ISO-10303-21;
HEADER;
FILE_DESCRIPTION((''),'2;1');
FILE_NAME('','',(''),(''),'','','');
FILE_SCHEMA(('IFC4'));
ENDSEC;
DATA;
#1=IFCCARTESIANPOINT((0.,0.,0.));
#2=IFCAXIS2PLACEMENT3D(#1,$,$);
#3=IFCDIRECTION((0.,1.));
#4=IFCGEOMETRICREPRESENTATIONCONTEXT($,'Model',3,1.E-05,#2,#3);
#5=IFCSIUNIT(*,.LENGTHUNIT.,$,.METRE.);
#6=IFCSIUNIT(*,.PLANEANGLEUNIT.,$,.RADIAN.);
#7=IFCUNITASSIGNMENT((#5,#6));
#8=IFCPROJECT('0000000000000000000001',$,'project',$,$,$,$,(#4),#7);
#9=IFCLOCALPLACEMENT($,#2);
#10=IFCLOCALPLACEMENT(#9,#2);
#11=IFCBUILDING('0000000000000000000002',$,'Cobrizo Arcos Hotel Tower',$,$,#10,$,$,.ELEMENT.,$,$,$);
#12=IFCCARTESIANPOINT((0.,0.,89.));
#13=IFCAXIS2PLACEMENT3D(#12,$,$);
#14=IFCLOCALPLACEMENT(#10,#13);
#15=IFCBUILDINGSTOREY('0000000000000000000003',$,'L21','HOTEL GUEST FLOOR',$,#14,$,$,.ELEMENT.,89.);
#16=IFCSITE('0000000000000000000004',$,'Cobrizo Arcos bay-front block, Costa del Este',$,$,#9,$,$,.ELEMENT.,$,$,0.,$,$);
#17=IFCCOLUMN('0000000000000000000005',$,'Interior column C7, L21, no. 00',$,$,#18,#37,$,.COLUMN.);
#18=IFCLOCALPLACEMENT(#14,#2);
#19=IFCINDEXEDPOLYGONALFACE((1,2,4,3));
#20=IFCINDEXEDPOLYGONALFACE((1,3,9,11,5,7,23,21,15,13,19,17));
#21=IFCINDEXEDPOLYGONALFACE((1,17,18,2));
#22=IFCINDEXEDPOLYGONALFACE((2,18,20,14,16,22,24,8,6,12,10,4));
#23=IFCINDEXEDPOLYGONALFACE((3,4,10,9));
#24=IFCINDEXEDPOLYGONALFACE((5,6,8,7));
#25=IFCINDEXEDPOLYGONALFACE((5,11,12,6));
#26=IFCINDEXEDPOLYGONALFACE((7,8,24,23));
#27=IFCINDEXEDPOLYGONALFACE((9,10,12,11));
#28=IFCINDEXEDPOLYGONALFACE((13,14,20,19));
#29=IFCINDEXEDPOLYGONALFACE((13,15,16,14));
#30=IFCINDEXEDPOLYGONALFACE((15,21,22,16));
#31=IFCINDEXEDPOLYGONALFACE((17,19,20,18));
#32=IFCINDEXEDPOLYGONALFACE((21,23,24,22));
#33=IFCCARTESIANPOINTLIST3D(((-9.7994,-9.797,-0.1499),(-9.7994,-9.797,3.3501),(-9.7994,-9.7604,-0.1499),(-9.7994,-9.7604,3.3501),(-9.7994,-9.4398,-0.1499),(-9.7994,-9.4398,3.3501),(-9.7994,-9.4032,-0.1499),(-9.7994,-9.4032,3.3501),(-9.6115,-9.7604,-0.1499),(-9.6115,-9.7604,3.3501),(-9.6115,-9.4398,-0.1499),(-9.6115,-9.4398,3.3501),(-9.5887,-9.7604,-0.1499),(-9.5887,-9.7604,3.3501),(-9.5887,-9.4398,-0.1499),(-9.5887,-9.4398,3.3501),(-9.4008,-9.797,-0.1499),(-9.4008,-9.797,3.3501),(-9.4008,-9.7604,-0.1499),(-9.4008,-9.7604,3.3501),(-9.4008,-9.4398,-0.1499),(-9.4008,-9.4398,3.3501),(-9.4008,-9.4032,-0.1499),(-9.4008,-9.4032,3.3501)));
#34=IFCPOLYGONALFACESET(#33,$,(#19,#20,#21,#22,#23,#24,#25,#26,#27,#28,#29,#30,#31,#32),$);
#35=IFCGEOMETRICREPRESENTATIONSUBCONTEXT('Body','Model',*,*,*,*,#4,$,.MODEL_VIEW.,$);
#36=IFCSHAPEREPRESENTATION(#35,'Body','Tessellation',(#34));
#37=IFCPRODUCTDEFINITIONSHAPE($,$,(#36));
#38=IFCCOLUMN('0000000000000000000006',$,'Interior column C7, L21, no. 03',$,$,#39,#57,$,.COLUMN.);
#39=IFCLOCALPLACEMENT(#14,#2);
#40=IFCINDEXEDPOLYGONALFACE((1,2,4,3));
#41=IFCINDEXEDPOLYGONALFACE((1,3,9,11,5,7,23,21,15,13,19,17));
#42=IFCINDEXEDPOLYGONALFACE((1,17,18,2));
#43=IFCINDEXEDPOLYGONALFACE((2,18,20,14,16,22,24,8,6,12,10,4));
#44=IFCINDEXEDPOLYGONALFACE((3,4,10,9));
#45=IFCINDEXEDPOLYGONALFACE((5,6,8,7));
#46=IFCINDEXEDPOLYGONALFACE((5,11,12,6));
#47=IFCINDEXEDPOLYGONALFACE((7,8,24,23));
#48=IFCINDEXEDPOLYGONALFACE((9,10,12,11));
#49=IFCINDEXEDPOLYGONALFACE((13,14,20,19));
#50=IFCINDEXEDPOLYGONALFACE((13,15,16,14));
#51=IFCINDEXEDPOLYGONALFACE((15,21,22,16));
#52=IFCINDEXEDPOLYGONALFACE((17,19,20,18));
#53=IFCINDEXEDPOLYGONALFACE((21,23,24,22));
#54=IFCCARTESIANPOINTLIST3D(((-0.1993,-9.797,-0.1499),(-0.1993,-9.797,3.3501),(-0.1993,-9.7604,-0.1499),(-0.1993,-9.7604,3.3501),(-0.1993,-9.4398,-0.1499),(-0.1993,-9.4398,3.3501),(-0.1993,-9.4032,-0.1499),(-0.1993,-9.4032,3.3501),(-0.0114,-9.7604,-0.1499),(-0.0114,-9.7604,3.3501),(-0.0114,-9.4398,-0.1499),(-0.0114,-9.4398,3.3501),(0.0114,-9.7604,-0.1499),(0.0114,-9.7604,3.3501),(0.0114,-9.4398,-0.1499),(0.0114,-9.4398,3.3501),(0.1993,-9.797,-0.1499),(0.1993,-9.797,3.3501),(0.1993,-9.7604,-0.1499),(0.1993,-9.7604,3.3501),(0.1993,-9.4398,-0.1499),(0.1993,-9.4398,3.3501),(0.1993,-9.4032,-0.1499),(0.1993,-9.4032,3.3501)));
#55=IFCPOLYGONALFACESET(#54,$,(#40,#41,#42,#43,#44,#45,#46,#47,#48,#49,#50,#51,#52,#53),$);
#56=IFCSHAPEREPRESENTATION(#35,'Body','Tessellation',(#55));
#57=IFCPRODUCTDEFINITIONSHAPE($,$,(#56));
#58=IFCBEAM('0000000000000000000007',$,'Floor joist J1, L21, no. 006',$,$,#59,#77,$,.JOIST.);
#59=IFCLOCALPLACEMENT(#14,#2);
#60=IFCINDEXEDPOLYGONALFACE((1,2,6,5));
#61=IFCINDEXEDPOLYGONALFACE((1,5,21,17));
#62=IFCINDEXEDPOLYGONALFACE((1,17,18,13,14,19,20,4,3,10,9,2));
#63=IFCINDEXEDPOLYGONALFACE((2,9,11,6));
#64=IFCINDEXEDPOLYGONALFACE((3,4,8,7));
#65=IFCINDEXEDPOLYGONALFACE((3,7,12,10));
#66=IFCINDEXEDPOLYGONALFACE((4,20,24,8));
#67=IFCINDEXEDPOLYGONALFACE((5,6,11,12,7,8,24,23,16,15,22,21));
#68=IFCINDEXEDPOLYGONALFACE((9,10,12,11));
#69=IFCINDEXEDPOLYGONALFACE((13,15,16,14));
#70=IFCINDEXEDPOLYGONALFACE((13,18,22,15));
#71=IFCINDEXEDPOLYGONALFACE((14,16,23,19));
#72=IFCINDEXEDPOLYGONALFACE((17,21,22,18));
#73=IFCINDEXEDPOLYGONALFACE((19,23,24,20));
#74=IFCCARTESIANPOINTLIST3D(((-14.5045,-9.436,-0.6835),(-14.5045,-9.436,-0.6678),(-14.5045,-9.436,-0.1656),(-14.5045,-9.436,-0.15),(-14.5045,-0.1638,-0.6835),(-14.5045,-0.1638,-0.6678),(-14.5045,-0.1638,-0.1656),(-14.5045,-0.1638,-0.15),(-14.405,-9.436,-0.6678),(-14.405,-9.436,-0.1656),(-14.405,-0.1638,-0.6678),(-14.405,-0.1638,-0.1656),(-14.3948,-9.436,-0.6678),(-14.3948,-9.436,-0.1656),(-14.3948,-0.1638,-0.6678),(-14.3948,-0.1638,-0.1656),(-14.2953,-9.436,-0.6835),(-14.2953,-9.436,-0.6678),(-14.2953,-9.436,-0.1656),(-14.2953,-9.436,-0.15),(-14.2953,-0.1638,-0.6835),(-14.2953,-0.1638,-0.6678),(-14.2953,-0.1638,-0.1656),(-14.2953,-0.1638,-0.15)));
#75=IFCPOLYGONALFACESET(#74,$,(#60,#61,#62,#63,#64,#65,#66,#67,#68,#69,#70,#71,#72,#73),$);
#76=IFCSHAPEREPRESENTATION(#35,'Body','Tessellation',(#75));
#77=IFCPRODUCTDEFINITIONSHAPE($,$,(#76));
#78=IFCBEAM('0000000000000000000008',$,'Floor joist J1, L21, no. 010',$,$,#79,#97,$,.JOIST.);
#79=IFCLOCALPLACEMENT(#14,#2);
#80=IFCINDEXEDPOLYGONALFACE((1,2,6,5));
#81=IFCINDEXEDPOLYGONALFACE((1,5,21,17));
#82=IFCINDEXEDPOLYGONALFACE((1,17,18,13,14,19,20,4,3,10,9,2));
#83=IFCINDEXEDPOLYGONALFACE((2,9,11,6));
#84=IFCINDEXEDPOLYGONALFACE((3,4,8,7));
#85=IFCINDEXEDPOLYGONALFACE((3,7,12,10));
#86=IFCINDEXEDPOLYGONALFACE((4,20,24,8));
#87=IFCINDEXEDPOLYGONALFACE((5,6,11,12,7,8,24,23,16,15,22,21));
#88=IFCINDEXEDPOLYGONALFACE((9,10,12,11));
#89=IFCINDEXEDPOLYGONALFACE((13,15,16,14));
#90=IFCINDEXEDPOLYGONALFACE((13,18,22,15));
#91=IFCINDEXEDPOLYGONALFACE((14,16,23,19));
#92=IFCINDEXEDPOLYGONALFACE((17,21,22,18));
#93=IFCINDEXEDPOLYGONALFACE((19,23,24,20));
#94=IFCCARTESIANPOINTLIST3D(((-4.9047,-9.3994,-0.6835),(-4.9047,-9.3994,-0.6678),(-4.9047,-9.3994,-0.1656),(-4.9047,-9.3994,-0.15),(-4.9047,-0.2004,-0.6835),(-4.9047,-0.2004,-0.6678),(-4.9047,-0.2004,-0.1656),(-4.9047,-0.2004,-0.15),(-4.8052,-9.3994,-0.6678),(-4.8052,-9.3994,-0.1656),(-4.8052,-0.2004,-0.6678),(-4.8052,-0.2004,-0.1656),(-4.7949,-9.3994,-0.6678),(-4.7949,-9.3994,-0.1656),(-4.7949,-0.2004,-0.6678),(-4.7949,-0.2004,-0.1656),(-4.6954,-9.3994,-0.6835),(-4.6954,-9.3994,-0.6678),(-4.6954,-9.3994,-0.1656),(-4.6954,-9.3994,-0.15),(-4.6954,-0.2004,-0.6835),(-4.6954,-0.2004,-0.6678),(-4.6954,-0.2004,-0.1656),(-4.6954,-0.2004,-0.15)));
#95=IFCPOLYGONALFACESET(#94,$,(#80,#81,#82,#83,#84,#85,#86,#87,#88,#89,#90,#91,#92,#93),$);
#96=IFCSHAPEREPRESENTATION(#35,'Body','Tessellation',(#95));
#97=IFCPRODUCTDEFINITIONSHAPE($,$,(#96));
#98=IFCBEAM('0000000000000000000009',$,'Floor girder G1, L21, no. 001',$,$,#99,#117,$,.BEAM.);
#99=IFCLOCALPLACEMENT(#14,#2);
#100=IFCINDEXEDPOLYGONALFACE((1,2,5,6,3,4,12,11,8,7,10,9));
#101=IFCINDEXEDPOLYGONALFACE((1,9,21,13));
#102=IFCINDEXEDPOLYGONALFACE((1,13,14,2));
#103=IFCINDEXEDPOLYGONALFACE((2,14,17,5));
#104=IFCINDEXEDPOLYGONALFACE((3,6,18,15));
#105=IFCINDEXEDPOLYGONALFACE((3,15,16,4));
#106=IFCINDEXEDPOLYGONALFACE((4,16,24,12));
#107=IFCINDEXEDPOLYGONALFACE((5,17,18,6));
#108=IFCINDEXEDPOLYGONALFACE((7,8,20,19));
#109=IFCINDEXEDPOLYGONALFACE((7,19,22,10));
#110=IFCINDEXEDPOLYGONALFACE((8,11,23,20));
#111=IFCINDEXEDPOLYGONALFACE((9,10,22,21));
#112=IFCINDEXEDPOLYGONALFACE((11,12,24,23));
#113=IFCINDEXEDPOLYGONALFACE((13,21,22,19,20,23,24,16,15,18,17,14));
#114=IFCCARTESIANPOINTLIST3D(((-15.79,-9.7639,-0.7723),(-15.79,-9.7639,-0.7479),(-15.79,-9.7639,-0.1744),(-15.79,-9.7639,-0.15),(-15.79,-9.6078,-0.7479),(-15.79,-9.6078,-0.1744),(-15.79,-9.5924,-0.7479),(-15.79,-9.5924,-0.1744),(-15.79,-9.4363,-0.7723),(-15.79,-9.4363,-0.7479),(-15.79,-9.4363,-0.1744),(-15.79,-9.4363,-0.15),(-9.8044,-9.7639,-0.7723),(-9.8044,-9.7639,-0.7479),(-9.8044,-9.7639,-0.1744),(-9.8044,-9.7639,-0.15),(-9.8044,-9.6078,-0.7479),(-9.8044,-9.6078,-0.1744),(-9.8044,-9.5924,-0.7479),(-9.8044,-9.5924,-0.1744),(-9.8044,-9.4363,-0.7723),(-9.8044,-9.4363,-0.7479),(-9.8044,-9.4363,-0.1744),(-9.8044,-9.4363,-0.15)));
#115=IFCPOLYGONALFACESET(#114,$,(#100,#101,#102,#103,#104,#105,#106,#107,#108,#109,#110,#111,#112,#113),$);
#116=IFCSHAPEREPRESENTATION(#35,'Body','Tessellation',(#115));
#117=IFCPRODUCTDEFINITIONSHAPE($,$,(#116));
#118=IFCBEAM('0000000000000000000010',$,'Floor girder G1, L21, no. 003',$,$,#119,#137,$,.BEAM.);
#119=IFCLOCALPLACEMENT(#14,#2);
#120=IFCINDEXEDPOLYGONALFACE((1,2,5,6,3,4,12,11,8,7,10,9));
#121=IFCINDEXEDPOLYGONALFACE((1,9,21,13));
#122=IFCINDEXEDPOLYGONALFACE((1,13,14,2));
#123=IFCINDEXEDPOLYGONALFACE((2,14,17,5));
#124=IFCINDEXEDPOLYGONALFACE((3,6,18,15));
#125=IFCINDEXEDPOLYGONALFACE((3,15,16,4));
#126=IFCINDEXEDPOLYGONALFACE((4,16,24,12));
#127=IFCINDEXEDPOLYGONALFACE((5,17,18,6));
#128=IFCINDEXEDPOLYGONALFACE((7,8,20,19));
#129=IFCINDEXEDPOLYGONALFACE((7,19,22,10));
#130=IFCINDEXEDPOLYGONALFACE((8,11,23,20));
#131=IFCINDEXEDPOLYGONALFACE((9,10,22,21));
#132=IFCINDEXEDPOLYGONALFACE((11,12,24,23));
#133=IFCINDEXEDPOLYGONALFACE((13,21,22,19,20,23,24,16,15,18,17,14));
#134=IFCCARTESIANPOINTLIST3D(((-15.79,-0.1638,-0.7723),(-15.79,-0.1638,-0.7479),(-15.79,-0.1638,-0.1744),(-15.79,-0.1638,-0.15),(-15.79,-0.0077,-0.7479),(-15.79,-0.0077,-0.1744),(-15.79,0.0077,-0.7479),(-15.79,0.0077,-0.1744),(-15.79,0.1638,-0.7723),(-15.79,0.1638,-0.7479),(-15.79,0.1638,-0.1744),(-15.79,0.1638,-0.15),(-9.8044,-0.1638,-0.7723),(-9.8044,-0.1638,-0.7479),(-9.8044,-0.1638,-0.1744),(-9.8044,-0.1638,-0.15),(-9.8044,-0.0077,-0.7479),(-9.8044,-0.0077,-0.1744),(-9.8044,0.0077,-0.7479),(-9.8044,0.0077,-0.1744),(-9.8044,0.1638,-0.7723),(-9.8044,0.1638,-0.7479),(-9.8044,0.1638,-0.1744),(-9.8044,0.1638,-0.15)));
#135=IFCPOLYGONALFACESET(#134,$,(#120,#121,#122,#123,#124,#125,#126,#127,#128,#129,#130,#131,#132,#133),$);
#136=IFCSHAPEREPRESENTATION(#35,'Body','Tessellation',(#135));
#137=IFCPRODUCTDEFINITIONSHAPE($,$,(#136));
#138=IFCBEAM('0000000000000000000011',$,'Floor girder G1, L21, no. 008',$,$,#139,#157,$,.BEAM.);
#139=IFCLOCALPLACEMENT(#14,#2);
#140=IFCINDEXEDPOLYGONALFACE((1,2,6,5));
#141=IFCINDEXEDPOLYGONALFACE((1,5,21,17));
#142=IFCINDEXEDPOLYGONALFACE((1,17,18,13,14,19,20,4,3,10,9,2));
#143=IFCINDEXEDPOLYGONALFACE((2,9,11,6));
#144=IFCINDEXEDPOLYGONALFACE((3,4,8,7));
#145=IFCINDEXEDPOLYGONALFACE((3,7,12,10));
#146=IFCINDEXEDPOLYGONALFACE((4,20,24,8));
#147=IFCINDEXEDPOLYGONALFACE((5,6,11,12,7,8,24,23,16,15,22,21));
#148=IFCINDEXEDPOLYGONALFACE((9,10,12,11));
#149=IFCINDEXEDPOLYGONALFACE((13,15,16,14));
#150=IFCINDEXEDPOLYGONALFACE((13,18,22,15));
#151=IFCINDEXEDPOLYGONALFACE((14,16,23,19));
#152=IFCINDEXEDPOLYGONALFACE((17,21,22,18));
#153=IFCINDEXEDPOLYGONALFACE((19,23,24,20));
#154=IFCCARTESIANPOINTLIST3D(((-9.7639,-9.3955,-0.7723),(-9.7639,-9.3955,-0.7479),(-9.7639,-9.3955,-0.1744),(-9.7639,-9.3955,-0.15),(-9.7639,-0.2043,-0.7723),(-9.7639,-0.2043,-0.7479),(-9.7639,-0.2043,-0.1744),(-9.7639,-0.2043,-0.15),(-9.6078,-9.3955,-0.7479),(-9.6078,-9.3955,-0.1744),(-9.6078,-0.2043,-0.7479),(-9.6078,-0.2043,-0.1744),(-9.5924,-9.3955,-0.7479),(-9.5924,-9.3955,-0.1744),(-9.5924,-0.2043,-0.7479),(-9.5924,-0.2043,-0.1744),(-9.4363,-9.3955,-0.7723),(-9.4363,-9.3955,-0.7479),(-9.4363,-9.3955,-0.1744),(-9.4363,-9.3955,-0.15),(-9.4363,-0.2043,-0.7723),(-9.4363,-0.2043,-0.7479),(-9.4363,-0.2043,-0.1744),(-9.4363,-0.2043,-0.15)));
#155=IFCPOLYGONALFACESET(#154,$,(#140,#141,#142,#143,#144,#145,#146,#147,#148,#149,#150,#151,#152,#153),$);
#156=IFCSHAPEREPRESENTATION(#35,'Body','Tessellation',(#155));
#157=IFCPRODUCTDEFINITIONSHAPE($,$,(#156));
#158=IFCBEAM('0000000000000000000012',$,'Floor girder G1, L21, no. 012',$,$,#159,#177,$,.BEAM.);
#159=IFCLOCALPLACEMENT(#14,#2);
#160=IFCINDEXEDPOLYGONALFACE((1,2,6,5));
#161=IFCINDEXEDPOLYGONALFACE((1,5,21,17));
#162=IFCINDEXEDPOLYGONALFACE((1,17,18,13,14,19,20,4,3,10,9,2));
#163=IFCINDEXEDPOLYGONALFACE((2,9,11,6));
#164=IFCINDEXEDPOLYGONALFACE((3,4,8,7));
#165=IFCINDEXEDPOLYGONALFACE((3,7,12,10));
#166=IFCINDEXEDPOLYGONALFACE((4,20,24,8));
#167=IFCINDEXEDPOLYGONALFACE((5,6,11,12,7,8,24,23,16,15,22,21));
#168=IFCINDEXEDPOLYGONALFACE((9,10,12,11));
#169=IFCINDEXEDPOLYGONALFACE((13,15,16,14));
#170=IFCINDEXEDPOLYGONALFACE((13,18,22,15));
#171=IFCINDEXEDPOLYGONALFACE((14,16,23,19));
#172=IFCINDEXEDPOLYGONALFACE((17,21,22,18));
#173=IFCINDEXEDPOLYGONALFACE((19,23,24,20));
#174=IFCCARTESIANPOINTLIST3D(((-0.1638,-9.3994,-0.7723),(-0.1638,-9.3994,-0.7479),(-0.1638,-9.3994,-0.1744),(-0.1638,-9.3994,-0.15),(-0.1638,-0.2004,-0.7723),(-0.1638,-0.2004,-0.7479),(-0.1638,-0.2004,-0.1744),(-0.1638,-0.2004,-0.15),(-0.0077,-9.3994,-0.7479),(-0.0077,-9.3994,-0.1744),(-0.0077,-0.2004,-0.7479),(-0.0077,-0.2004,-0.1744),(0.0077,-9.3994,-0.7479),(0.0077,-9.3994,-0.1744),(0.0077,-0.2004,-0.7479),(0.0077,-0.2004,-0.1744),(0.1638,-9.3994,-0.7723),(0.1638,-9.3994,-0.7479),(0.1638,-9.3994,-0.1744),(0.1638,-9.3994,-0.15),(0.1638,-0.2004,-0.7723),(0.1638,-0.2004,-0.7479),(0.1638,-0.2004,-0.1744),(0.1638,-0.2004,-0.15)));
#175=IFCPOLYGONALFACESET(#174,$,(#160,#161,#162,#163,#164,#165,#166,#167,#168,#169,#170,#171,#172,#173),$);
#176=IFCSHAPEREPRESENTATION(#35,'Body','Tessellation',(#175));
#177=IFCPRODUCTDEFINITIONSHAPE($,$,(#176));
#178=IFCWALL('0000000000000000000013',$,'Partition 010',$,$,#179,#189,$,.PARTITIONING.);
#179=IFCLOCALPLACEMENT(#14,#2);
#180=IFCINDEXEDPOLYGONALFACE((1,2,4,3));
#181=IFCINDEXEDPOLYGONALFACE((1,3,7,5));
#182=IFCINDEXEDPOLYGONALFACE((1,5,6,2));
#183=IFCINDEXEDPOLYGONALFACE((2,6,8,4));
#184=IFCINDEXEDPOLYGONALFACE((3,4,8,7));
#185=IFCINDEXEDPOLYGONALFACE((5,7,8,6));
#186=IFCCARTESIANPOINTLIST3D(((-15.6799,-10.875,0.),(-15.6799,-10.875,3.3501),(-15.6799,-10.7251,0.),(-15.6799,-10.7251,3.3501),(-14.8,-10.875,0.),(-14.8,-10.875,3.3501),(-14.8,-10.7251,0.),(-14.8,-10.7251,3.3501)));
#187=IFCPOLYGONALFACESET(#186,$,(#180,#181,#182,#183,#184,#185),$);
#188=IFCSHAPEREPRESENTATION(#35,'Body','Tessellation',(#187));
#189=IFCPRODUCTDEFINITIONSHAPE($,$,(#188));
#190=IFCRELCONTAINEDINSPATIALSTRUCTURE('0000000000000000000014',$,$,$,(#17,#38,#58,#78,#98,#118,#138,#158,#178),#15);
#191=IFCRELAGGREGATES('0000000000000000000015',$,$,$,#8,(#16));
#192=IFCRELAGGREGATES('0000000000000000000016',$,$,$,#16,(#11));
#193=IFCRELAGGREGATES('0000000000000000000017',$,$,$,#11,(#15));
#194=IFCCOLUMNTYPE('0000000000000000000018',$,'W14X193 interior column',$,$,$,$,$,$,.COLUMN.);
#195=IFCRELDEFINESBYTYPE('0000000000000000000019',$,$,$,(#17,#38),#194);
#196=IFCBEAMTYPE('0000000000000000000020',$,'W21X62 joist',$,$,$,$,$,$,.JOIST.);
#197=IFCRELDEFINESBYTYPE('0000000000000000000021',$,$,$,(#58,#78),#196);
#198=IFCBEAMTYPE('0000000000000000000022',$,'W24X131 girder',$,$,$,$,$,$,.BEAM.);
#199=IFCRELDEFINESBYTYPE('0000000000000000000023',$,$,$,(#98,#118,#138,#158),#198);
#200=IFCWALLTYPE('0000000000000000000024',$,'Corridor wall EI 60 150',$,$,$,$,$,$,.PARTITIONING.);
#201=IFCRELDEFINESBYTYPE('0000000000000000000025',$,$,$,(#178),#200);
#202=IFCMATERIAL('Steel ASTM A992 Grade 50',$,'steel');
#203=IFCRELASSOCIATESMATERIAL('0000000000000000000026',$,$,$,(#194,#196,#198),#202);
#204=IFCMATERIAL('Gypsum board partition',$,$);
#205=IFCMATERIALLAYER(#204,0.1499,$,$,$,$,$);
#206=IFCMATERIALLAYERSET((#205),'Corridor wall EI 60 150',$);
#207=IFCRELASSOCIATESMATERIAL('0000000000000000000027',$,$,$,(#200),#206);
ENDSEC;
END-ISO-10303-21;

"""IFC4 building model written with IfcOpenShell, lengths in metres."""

from ifc_helpers import new_model, si_unit, direction, frame, frame_2d, origin, origin_2d, place, context, subcontext, project, spatial, rectangle, i_section, extrude, material, layer, layer_set, material_profile, profile_set, type_object, element, save


model = new_model("IFC4")

# Units and contexts
model_context = context("Model", 3, precision=1e-05, world=origin(), true_north=direction((0.0, 1.0)))
body_context = subcontext(model_context, "Body", "Model", "MODEL_VIEW")
ifc_project = project(units=[si_unit("LENGTHUNIT", "METRE"), si_unit("PLANEANGLEUNIT", "RADIAN")], contexts=[model_context])

# Site, building, storey
site_placement = place(None, origin())
site = spatial("IfcSite", under=ifc_project, at=site_placement, Name="Cobrizo Arcos bay-front block, Costa del Este", CompositionType="ELEMENT", RefElevation=0.0)
building_placement = place(site_placement, origin())
building = spatial("IfcBuilding", under=site, at=building_placement, Name="Cobrizo Arcos Hotel Tower", CompositionType="ELEMENT")
storey_placement = place(building_placement, frame((0.0, 0.0, 89.0)))
storey = spatial("IfcBuildingStorey", under=building, at=storey_placement, Name="L21", Description="HOTEL GUEST FLOOR", CompositionType="ELEMENT", Elevation=89.0)

# Columns
ifc_material_1 = material(Name="Steel ASTM A992 Grade 50", Category="steel")
ifc_material_profile_1 = material_profile(ifc_material_1, i_section(OverallWidth=0.3987, OverallDepth=0.3938, WebThickness=0.0227, FlangeThickness=0.0366, at=origin_2d()), Name="W14X193")
ifc_profile_set_1 = profile_set([ifc_material_profile_1], Name="Steel ASTM A992 Grade 50")
column_type = type_object("IfcColumnType", Name="W14X193 interior column", PredefinedType="COLUMN", material=ifc_profile_set_1)
for number, where, z_axis, x_axis, name in (
    (1, (-9.6001, -9.6001, -0.1499), (0.0, 0.0, 1.0), (1.0, 0.0, 0.0), "Interior column C7, L21, no. 00"),
    (2, (0.0, -9.6001, -0.1499), (0.0, 0.0, 1.0), (1.0, 0.0, 0.0), "Interior column C7, L21, no. 03"),
):
    element("IfcColumn", number, at=place(storey_placement, frame(where, z_axis=z_axis, x_axis=x_axis)), inside=storey, type_object=column_type, Name=name, PredefinedType="COLUMN", context=body_context, shape_type="SweptSolid", body=[
        extrude(i_section(OverallWidth=0.3987, OverallDepth=0.3938, WebThickness=0.0227, FlangeThickness=0.0366, at=origin_2d()), origin(), (0.0, 0.0, 1.0), 3.5),
    ])

# Beams
ifc_material_profile_2 = material_profile(ifc_material_1, i_section(OverallWidth=0.2092, OverallDepth=0.5334, WebThickness=0.0103, FlangeThickness=0.0156, at=origin_2d()), Name="W21X62")
ifc_profile_set_2 = profile_set([ifc_material_profile_2], Name="Steel ASTM A992 Grade 50")
beam_type_1 = type_object("IfcBeamType", Name="W21X62 joist", PredefinedType="JOIST", material=ifc_profile_set_2)
beam_1_placement = place(storey_placement, frame((-14.3999, -9.436, -0.4167), z_axis=(0.0, 1.0, 0.0), x_axis=(-1.0, 0.0, 0.0)))
element("IfcBeam", 3, at=beam_1_placement, inside=storey, type_object=beam_type_1, Name="Floor joist J1, L21, no. 006", PredefinedType="JOIST", context=body_context, shape_type="SweptSolid", body=[
    extrude(i_section(OverallWidth=0.2092, OverallDepth=0.5334, WebThickness=0.0103, FlangeThickness=0.0156, at=origin_2d()), origin(), (0.0, 0.0, 1.0), 9.2722),
])
beam_2_placement = place(storey_placement, frame((-4.8, -9.3994, -0.4167), z_axis=(0.0, 1.0, 0.0), x_axis=(-1.0, 0.0, 0.0)))
element("IfcBeam", 4, at=beam_2_placement, inside=storey, type_object=beam_type_1, Name="Floor joist J1, L21, no. 010", PredefinedType="JOIST", context=body_context, shape_type="SweptSolid", body=[
    extrude(i_section(OverallWidth=0.2092, OverallDepth=0.5334, WebThickness=0.0103, FlangeThickness=0.0156, at=origin_2d()), origin(), (0.0, 0.0, 1.0), 9.199),
])
ifc_material_profile_3 = material_profile(ifc_material_1, i_section(OverallWidth=0.3276, OverallDepth=0.6223, WebThickness=0.0154, FlangeThickness=0.0244, at=origin_2d()), Name="W24X131")
ifc_profile_set_3 = profile_set([ifc_material_profile_3], Name="Steel ASTM A992 Grade 50")
beam_type_2 = type_object("IfcBeamType", Name="W24X131 girder", PredefinedType="BEAM", material=ifc_profile_set_3)
for number, where, z_axis, x_axis, name in (
    (5, (-15.79, -9.6001, -0.4612), (1.0, 0.0, 0.0), (0.0, 1.0, 0.0), "Floor girder G1, L21, no. 001"),
    (6, (-15.79, 0.0, -0.4612), (1.0, 0.0, 0.0), (0.0, 1.0, 0.0), "Floor girder G1, L21, no. 003"),
):
    element("IfcBeam", number, at=place(storey_placement, frame(where, z_axis=z_axis, x_axis=x_axis)), inside=storey, type_object=beam_type_2, Name=name, PredefinedType="BEAM", context=body_context, shape_type="SweptSolid", body=[
        extrude(i_section(OverallWidth=0.3276, OverallDepth=0.6223, WebThickness=0.0154, FlangeThickness=0.0244, at=origin_2d()), origin(), (0.0, 0.0, 1.0), 5.9856),
    ])
beam_3_placement = place(storey_placement, frame((-9.6001, -9.3955, -0.4612), z_axis=(0.0, 1.0, 0.0), x_axis=(-1.0, 0.0, 0.0)))
element("IfcBeam", 7, at=beam_3_placement, inside=storey, type_object=beam_type_2, Name="Floor girder G1, L21, no. 008", PredefinedType="BEAM", context=body_context, shape_type="SweptSolid", body=[
    extrude(i_section(OverallWidth=0.3276, OverallDepth=0.6223, WebThickness=0.0154, FlangeThickness=0.0244, at=origin_2d()), origin(), (0.0, 0.0, 1.0), 9.1912),
])
beam_4_placement = place(storey_placement, frame((0.0, -9.3994, -0.4612), z_axis=(0.0, 1.0, 0.0), x_axis=(-1.0, 0.0, 0.0)))
element("IfcBeam", 8, at=beam_4_placement, inside=storey, type_object=beam_type_2, Name="Floor girder G1, L21, no. 012", PredefinedType="BEAM", context=body_context, shape_type="SweptSolid", body=[
    extrude(i_section(OverallWidth=0.3276, OverallDepth=0.6223, WebThickness=0.0154, FlangeThickness=0.0244, at=origin_2d()), origin(), (0.0, 0.0, 1.0), 9.199),
])

# Wall
ifc_material_2 = material(Name="Gypsum board partition")
ifc_layer_1 = layer(ifc_material_2, 0.1499)
ifc_layer_set_1 = layer_set([ifc_layer_1], Name="Corridor wall EI 60 150")
wall_type_1 = type_object("IfcWallType", Name="Corridor wall EI 60 150", PredefinedType="PARTITIONING", material=ifc_layer_set_1)
wall_1_placement = place(storey_placement, frame((-15.6799, -10.8, 0.0), z_axis=(0.0, 0.0, 1.0), x_axis=(1.0, 0.0, 0.0)))
element("IfcWall", 9, at=wall_1_placement, inside=storey, type_object=wall_type_1, Name="Partition 010", PredefinedType="PARTITIONING", context=body_context, shape_type="SweptSolid", body=[
    extrude(rectangle(XDim=0.8799, YDim=0.1499, at=frame_2d((0.4399, 0.0))), origin(), (0.0, 0.0, 1.0), 3.3501),
])

save(model, "model.ifc")
